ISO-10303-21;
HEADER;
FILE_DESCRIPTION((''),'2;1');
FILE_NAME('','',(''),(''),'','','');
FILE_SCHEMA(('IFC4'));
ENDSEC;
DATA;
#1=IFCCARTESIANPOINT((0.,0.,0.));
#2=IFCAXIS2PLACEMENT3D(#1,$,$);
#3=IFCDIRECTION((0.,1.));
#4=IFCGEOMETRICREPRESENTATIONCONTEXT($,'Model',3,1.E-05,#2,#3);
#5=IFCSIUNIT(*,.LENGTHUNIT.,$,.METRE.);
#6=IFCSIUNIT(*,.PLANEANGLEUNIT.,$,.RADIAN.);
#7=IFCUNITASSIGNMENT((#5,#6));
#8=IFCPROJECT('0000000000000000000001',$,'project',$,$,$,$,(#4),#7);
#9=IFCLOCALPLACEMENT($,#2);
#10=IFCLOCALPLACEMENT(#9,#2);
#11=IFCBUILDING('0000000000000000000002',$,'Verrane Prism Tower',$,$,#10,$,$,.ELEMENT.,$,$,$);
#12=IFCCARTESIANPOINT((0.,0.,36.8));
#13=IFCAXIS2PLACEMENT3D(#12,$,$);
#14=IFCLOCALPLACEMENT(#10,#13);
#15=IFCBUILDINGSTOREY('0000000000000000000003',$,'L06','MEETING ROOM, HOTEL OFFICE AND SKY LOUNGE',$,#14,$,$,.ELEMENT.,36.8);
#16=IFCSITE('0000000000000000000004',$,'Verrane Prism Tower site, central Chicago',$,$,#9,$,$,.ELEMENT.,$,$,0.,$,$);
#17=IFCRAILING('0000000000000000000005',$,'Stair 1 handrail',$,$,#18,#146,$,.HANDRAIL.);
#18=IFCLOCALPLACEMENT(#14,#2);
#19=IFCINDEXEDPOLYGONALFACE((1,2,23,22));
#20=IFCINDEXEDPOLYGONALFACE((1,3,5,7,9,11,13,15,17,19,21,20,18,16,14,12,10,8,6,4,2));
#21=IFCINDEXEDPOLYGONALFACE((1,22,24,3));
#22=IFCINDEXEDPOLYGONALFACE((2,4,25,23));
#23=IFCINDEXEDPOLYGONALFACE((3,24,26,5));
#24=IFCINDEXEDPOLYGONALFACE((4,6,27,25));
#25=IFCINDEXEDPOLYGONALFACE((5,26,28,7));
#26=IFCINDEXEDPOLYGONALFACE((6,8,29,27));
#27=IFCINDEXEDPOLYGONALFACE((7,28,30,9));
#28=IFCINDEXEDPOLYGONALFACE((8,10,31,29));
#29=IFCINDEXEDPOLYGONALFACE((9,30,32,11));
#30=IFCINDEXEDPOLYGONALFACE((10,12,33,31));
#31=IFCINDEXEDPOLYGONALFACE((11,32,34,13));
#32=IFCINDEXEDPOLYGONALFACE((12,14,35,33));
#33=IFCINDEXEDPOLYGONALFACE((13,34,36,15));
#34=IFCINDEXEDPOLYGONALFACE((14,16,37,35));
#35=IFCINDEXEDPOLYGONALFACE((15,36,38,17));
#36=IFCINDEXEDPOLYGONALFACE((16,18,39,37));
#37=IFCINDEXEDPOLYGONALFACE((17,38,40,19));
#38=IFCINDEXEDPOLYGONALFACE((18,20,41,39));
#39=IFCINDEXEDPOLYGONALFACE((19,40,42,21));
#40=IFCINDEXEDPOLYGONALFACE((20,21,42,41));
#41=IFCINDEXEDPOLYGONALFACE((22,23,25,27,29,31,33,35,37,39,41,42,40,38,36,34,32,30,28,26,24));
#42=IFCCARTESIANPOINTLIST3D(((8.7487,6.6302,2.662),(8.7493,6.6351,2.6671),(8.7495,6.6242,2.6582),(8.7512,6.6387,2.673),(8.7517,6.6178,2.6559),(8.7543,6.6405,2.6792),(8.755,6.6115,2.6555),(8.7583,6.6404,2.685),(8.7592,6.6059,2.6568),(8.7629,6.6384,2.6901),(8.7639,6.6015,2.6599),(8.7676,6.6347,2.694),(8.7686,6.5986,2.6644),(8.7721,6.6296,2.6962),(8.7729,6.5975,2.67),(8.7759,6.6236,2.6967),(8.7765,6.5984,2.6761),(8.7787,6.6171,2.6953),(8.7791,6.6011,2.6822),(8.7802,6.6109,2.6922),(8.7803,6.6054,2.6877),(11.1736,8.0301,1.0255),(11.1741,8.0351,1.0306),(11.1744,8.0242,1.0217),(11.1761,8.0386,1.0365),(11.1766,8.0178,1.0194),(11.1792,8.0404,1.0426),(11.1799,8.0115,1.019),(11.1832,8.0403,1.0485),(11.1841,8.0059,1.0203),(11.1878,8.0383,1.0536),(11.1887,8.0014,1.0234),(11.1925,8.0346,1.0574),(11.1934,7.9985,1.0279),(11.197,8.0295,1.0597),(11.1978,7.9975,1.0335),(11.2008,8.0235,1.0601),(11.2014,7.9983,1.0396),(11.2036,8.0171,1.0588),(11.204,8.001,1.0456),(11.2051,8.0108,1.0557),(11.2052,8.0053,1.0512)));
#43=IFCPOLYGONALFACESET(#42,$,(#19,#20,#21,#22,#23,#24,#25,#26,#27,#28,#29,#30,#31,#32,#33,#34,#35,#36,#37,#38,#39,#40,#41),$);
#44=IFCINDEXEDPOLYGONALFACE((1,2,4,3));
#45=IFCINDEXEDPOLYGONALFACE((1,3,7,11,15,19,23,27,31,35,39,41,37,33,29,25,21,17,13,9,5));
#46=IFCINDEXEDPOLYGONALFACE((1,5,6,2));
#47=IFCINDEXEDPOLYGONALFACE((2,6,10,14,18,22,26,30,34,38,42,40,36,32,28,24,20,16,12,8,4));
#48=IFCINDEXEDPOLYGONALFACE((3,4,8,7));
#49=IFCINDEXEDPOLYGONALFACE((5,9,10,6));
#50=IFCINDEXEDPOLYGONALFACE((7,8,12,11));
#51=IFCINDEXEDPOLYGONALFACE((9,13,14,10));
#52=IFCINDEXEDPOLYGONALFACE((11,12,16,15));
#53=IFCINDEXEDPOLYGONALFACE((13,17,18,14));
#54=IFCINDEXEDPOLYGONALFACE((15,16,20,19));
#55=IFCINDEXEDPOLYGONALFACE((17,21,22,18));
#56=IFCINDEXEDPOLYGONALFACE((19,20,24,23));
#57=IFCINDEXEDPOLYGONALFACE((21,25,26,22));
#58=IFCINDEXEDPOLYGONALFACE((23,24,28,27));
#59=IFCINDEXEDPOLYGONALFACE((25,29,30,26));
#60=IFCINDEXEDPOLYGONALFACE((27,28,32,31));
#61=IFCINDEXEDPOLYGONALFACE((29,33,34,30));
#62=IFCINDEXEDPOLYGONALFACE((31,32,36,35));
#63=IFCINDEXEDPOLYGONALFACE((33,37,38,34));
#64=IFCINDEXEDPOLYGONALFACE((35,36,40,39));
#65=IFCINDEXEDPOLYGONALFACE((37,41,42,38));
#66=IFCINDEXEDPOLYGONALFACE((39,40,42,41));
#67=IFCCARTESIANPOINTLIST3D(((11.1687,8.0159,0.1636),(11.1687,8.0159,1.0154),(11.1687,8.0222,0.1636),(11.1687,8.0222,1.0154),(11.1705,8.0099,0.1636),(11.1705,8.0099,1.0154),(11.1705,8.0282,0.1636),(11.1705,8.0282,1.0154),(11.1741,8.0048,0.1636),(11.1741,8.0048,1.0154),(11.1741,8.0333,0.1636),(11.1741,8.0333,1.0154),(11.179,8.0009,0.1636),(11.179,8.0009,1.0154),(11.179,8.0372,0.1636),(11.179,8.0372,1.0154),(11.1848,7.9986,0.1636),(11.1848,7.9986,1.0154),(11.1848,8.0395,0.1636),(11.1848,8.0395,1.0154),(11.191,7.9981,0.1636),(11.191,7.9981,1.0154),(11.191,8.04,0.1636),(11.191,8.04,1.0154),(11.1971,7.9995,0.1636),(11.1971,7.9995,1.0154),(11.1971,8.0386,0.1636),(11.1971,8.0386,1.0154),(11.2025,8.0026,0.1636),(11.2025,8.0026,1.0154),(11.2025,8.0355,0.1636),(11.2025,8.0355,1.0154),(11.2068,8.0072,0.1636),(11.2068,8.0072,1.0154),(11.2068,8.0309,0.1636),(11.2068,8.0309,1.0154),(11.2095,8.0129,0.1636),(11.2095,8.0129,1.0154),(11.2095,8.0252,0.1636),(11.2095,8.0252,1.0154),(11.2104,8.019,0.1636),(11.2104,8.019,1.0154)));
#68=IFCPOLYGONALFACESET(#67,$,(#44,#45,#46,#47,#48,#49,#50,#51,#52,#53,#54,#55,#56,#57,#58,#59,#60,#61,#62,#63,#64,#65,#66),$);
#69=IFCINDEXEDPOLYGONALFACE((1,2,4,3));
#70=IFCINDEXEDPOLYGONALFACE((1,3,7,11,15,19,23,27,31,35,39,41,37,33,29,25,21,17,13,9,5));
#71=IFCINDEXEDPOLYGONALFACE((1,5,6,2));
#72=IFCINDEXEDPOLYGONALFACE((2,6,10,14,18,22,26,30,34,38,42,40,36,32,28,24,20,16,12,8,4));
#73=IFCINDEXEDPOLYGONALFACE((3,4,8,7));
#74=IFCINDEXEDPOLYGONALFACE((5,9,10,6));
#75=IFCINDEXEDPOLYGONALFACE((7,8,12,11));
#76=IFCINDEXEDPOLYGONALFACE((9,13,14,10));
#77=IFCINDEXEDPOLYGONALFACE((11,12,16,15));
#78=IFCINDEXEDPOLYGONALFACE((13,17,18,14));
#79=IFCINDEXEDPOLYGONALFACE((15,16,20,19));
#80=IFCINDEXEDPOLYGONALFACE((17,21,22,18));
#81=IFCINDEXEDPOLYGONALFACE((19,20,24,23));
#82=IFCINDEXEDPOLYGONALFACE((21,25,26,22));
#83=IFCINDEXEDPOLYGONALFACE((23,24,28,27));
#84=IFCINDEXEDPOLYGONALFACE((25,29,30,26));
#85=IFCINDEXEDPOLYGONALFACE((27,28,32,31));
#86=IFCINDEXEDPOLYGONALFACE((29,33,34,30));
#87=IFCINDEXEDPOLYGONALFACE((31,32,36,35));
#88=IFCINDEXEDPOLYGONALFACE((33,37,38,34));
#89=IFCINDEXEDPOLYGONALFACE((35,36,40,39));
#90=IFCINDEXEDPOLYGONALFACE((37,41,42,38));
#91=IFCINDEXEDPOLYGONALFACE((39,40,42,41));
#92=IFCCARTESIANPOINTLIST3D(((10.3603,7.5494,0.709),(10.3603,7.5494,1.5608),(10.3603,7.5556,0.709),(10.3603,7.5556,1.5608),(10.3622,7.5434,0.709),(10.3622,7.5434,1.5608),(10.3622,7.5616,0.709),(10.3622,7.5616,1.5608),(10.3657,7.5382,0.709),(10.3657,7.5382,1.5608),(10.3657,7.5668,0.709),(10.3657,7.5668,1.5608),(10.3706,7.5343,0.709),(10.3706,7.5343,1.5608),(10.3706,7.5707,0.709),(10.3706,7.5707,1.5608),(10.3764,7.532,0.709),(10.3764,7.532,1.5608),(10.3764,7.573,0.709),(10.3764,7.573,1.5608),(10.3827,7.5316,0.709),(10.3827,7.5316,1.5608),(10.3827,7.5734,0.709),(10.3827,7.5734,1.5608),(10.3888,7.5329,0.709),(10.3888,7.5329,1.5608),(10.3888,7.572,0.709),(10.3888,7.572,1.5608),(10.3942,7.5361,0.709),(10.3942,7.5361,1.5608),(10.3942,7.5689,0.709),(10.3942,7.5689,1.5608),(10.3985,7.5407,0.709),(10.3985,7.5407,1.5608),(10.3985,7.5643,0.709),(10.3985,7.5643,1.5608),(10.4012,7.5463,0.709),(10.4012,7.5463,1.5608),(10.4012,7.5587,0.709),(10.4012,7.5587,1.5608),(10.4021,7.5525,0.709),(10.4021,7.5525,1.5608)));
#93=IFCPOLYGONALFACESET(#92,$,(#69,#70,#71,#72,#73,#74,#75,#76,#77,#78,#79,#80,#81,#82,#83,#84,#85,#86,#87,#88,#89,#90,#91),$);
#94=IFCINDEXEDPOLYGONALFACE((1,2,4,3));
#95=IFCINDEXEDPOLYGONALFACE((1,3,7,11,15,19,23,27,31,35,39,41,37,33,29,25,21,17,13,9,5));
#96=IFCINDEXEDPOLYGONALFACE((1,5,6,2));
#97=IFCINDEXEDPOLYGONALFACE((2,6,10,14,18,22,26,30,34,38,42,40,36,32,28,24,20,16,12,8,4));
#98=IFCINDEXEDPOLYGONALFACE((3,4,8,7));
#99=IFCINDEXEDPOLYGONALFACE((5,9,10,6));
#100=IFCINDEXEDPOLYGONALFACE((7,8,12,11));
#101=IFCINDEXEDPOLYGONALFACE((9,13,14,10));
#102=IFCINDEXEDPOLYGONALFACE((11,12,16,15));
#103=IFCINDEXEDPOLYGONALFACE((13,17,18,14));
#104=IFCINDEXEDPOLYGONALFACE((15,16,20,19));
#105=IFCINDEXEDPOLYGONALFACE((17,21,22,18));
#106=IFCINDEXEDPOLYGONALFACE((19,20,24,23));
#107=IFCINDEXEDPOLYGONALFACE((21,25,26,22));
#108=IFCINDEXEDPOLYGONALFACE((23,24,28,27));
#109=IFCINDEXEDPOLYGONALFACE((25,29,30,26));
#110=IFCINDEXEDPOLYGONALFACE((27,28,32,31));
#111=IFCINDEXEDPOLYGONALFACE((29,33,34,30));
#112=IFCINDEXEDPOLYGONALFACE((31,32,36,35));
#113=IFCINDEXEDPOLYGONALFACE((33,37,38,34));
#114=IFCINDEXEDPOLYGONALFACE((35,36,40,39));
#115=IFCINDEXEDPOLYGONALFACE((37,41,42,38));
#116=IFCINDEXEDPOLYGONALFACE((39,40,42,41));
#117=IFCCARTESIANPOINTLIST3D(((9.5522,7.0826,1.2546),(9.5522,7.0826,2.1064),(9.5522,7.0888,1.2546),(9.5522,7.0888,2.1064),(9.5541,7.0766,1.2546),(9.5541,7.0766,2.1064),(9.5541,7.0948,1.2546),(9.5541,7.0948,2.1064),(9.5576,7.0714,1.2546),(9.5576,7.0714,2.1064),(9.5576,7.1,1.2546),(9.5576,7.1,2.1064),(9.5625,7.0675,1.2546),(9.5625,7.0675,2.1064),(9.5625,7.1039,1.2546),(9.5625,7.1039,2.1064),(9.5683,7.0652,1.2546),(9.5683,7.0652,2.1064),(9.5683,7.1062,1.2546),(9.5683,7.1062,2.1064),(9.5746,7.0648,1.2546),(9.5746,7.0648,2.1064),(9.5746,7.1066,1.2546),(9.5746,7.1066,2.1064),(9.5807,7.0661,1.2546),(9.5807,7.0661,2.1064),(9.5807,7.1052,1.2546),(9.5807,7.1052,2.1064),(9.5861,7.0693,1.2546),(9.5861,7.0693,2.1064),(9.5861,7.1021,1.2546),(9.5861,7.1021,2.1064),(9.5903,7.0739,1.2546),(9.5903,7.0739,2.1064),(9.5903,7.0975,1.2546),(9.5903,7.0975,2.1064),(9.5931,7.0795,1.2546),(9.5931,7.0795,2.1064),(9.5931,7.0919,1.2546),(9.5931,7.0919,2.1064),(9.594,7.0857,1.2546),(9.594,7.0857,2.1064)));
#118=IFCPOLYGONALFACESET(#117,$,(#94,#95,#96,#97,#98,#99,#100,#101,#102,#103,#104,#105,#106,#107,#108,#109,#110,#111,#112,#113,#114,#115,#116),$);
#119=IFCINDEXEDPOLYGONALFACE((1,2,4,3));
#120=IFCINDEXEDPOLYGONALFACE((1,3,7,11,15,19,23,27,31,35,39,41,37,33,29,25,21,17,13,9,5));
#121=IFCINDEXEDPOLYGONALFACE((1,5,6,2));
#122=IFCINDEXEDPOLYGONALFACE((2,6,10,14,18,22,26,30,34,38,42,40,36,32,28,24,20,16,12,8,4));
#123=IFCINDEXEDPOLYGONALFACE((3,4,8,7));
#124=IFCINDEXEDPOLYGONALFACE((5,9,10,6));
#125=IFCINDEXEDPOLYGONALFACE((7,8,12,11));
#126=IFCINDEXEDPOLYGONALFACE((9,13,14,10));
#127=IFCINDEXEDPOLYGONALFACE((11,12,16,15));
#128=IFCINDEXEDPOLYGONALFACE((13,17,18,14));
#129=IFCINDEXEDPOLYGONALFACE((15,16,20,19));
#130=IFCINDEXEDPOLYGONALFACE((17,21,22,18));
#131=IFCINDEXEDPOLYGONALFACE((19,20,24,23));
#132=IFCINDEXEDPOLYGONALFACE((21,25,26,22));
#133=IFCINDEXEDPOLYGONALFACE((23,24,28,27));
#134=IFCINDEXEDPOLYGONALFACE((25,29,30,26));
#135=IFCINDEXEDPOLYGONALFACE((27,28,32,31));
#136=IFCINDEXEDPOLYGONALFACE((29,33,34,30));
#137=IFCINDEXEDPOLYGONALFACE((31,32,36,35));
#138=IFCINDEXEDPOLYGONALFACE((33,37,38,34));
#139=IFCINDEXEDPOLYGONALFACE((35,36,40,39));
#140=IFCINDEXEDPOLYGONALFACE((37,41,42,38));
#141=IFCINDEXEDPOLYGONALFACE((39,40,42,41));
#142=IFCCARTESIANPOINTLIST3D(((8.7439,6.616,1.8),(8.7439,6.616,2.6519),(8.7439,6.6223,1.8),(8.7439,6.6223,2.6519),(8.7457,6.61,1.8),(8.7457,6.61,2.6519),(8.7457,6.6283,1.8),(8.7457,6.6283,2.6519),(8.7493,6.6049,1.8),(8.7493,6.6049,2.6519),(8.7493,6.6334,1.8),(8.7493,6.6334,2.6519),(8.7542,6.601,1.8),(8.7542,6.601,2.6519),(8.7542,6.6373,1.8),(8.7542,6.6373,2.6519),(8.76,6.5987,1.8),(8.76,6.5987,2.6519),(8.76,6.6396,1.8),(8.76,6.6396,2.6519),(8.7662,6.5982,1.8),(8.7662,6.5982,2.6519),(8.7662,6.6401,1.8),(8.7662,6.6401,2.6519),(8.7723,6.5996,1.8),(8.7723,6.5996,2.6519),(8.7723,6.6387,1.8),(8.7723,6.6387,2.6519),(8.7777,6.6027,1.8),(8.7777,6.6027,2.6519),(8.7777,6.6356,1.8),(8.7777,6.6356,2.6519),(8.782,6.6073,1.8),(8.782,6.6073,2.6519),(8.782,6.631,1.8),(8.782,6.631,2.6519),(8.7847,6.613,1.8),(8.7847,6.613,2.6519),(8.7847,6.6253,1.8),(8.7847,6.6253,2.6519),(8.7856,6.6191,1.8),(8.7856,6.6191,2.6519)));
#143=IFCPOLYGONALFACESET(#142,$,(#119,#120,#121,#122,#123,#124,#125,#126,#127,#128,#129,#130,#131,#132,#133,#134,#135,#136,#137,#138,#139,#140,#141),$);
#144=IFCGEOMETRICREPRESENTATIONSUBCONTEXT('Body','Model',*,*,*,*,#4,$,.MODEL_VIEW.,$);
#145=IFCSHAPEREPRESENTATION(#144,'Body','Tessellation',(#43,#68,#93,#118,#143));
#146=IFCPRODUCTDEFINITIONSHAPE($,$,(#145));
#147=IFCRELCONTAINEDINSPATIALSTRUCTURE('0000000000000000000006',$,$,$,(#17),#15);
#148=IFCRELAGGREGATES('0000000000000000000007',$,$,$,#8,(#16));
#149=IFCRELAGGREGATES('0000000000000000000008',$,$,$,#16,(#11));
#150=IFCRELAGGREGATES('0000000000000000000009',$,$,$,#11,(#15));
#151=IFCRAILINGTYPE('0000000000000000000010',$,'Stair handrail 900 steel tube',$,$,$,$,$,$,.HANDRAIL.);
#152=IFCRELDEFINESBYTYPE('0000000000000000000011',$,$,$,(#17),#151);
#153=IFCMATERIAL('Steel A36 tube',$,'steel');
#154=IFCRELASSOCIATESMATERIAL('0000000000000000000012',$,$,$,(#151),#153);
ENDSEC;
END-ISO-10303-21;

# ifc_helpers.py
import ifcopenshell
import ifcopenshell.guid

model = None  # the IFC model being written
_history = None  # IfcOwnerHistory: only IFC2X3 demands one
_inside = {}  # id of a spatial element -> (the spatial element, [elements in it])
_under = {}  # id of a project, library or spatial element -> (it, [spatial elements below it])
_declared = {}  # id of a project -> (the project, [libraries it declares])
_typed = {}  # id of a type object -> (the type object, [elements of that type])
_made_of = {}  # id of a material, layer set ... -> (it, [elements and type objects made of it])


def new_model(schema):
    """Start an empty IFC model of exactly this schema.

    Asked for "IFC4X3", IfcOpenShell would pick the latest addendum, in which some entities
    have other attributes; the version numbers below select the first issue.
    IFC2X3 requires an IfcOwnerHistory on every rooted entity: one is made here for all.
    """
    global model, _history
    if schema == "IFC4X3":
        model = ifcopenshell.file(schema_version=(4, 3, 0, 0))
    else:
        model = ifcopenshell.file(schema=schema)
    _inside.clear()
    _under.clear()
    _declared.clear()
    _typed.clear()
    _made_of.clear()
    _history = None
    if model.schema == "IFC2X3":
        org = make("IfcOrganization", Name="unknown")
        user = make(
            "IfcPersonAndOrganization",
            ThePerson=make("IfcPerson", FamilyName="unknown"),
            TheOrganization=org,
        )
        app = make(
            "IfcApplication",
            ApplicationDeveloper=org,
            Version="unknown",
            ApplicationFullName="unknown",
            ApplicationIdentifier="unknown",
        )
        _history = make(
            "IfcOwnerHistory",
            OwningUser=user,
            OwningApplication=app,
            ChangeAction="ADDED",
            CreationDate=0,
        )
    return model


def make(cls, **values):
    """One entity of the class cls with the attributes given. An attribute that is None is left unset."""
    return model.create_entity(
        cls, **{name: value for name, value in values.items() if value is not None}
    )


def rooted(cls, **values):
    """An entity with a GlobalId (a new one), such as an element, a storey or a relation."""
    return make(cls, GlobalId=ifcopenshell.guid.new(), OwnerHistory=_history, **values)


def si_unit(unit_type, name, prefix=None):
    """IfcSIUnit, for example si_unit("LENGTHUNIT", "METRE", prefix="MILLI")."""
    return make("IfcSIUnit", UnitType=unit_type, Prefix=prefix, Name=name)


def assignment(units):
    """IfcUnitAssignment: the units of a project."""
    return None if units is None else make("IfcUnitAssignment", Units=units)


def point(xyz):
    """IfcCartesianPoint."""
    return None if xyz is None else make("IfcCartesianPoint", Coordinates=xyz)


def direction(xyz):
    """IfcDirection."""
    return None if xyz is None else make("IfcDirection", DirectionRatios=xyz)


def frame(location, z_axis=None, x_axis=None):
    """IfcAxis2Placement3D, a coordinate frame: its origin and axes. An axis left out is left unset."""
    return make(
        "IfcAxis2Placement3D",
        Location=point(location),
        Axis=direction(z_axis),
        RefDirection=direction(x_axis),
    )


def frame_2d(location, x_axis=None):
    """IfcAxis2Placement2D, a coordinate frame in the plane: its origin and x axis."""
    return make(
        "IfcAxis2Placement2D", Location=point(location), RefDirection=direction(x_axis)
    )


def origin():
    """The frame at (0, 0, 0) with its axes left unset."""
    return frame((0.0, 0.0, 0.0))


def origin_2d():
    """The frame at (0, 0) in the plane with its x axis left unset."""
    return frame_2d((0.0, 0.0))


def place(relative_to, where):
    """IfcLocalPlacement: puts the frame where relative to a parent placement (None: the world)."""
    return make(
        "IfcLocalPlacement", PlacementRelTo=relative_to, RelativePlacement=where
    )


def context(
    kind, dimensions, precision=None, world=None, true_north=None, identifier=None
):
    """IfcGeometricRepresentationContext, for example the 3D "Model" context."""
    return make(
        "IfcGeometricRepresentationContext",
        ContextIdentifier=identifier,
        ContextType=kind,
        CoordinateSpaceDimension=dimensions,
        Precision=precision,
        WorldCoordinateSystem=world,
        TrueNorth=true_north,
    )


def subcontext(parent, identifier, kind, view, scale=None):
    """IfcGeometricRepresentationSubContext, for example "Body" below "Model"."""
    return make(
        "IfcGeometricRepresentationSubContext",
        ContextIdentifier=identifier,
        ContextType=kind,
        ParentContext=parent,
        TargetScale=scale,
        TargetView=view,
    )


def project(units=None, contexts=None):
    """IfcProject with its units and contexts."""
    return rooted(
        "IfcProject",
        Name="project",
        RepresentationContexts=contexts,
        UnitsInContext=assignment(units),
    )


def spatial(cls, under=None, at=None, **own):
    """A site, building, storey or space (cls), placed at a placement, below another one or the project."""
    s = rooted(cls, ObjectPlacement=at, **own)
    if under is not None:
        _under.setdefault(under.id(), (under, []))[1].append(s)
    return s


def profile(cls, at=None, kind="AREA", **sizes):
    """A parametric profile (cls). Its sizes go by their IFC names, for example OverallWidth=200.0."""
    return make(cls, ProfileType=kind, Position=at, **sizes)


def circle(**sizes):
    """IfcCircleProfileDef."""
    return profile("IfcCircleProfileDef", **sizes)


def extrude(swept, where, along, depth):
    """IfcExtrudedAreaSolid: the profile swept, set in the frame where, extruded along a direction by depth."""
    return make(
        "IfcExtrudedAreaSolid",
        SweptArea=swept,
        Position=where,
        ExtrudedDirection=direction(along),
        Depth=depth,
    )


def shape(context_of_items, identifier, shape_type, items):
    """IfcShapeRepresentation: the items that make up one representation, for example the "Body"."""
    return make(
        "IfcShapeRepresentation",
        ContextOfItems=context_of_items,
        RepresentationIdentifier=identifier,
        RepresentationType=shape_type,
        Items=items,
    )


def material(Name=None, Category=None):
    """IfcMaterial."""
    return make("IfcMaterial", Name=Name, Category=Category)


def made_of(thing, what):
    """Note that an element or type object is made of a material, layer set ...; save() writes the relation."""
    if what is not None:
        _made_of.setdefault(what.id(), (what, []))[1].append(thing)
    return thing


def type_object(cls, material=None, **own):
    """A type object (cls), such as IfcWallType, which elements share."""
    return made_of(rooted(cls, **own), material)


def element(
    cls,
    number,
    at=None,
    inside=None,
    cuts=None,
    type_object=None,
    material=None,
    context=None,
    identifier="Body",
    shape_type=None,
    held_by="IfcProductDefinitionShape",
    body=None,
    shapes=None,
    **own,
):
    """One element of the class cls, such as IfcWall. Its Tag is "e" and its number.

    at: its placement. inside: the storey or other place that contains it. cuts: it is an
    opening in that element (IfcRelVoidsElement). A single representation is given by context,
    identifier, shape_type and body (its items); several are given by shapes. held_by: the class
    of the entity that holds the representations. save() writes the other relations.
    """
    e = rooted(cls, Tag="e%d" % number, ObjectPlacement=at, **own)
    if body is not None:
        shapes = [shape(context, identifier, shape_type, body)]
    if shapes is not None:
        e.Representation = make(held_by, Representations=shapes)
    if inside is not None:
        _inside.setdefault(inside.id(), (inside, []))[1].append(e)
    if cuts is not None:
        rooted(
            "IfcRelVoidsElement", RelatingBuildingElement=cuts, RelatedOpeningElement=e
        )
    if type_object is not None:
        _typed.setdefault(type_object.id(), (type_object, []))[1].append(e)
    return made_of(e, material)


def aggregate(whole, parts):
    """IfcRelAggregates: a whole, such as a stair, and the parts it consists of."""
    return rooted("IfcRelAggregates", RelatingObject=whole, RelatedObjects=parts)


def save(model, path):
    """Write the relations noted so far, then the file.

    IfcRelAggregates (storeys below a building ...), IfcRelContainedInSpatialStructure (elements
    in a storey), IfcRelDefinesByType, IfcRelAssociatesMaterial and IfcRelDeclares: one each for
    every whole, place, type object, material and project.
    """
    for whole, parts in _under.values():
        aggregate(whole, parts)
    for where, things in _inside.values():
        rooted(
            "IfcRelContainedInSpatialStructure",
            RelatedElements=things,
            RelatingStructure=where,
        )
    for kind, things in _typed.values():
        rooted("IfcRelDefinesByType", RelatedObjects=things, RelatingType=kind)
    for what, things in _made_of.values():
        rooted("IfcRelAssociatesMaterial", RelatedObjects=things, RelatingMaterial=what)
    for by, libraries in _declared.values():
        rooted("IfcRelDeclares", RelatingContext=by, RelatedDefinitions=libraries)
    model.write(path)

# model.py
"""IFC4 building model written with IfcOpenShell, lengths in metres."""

from ifc_helpers import new_model, si_unit, direction, frame, origin, origin_2d, place, context, subcontext, project, spatial, circle, extrude, material, type_object, element, save


model = new_model("IFC4")

# Units and contexts
model_context = context("Model", 3, precision=1e-05, world=origin(), true_north=direction((0.0, 1.0)))
body_context = subcontext(model_context, "Body", "Model", "MODEL_VIEW")
ifc_project = project(units=[si_unit("LENGTHUNIT", "METRE"), si_unit("PLANEANGLEUNIT", "RADIAN")], contexts=[model_context])

# Site, building, storey
site_placement = place(None, origin())
site = spatial("IfcSite", under=ifc_project, at=site_placement, Name="Verrane Prism Tower site, central Chicago", CompositionType="ELEMENT", RefElevation=0.0)
building_placement = place(site_placement, origin())
building = spatial("IfcBuilding", under=site, at=building_placement, Name="Verrane Prism Tower", CompositionType="ELEMENT")
storey_placement = place(building_placement, frame((0.0, 0.0, 36.8)))
storey = spatial("IfcBuildingStorey", under=building, at=storey_placement, Name="L06", Description="MEETING ROOM, HOTEL OFFICE AND SKY LOUNGE", CompositionType="ELEMENT", Elevation=36.8)

# Railing
ifc_material_1 = material(Name="Steel A36 tube", Category="steel")
railing_type_1 = type_object("IfcRailingType", Name="Stair handrail 900 steel tube", PredefinedType="HANDRAIL", material=ifc_material_1)
railing_1_placement = place(storey_placement, frame((11.1895, 8.019, 0.1636)))
element("IfcRailing", 1, at=railing_1_placement, inside=storey, type_object=railing_type_1, Name="Stair 1 handrail", PredefinedType="HANDRAIL", context=body_context, shape_type="SweptSolid", body=[
    extrude(circle(Radius=0.0239, at=origin_2d()), frame((0.0, 0.0, 0.876), z_axis=(-0.74769, -0.431661, 0.504608), x_axis=(0.499984, -0.866035, 0.0)), (0.0, 0.0, 1.0), 3.2432),
    extrude(circle(Radius=0.021, at=origin_2d()), origin(), (0.0, 0.0, 1.0), 0.8518),
    extrude(circle(Radius=0.021, at=origin_2d()), frame((-0.8083, -0.4666, 0.5454)), (0.0, 0.0, 1.0), 0.8518),
    extrude(circle(Radius=0.021, at=origin_2d()), frame((-1.6165, -0.9333, 1.0911)), (0.0, 0.0, 1.0), 0.8518),
    extrude(circle(Radius=0.021, at=origin_2d()), frame((-2.4248, -1.3999, 1.6365)), (0.0, 0.0, 1.0), 0.8518),
])

save(model, "model.ifc")
